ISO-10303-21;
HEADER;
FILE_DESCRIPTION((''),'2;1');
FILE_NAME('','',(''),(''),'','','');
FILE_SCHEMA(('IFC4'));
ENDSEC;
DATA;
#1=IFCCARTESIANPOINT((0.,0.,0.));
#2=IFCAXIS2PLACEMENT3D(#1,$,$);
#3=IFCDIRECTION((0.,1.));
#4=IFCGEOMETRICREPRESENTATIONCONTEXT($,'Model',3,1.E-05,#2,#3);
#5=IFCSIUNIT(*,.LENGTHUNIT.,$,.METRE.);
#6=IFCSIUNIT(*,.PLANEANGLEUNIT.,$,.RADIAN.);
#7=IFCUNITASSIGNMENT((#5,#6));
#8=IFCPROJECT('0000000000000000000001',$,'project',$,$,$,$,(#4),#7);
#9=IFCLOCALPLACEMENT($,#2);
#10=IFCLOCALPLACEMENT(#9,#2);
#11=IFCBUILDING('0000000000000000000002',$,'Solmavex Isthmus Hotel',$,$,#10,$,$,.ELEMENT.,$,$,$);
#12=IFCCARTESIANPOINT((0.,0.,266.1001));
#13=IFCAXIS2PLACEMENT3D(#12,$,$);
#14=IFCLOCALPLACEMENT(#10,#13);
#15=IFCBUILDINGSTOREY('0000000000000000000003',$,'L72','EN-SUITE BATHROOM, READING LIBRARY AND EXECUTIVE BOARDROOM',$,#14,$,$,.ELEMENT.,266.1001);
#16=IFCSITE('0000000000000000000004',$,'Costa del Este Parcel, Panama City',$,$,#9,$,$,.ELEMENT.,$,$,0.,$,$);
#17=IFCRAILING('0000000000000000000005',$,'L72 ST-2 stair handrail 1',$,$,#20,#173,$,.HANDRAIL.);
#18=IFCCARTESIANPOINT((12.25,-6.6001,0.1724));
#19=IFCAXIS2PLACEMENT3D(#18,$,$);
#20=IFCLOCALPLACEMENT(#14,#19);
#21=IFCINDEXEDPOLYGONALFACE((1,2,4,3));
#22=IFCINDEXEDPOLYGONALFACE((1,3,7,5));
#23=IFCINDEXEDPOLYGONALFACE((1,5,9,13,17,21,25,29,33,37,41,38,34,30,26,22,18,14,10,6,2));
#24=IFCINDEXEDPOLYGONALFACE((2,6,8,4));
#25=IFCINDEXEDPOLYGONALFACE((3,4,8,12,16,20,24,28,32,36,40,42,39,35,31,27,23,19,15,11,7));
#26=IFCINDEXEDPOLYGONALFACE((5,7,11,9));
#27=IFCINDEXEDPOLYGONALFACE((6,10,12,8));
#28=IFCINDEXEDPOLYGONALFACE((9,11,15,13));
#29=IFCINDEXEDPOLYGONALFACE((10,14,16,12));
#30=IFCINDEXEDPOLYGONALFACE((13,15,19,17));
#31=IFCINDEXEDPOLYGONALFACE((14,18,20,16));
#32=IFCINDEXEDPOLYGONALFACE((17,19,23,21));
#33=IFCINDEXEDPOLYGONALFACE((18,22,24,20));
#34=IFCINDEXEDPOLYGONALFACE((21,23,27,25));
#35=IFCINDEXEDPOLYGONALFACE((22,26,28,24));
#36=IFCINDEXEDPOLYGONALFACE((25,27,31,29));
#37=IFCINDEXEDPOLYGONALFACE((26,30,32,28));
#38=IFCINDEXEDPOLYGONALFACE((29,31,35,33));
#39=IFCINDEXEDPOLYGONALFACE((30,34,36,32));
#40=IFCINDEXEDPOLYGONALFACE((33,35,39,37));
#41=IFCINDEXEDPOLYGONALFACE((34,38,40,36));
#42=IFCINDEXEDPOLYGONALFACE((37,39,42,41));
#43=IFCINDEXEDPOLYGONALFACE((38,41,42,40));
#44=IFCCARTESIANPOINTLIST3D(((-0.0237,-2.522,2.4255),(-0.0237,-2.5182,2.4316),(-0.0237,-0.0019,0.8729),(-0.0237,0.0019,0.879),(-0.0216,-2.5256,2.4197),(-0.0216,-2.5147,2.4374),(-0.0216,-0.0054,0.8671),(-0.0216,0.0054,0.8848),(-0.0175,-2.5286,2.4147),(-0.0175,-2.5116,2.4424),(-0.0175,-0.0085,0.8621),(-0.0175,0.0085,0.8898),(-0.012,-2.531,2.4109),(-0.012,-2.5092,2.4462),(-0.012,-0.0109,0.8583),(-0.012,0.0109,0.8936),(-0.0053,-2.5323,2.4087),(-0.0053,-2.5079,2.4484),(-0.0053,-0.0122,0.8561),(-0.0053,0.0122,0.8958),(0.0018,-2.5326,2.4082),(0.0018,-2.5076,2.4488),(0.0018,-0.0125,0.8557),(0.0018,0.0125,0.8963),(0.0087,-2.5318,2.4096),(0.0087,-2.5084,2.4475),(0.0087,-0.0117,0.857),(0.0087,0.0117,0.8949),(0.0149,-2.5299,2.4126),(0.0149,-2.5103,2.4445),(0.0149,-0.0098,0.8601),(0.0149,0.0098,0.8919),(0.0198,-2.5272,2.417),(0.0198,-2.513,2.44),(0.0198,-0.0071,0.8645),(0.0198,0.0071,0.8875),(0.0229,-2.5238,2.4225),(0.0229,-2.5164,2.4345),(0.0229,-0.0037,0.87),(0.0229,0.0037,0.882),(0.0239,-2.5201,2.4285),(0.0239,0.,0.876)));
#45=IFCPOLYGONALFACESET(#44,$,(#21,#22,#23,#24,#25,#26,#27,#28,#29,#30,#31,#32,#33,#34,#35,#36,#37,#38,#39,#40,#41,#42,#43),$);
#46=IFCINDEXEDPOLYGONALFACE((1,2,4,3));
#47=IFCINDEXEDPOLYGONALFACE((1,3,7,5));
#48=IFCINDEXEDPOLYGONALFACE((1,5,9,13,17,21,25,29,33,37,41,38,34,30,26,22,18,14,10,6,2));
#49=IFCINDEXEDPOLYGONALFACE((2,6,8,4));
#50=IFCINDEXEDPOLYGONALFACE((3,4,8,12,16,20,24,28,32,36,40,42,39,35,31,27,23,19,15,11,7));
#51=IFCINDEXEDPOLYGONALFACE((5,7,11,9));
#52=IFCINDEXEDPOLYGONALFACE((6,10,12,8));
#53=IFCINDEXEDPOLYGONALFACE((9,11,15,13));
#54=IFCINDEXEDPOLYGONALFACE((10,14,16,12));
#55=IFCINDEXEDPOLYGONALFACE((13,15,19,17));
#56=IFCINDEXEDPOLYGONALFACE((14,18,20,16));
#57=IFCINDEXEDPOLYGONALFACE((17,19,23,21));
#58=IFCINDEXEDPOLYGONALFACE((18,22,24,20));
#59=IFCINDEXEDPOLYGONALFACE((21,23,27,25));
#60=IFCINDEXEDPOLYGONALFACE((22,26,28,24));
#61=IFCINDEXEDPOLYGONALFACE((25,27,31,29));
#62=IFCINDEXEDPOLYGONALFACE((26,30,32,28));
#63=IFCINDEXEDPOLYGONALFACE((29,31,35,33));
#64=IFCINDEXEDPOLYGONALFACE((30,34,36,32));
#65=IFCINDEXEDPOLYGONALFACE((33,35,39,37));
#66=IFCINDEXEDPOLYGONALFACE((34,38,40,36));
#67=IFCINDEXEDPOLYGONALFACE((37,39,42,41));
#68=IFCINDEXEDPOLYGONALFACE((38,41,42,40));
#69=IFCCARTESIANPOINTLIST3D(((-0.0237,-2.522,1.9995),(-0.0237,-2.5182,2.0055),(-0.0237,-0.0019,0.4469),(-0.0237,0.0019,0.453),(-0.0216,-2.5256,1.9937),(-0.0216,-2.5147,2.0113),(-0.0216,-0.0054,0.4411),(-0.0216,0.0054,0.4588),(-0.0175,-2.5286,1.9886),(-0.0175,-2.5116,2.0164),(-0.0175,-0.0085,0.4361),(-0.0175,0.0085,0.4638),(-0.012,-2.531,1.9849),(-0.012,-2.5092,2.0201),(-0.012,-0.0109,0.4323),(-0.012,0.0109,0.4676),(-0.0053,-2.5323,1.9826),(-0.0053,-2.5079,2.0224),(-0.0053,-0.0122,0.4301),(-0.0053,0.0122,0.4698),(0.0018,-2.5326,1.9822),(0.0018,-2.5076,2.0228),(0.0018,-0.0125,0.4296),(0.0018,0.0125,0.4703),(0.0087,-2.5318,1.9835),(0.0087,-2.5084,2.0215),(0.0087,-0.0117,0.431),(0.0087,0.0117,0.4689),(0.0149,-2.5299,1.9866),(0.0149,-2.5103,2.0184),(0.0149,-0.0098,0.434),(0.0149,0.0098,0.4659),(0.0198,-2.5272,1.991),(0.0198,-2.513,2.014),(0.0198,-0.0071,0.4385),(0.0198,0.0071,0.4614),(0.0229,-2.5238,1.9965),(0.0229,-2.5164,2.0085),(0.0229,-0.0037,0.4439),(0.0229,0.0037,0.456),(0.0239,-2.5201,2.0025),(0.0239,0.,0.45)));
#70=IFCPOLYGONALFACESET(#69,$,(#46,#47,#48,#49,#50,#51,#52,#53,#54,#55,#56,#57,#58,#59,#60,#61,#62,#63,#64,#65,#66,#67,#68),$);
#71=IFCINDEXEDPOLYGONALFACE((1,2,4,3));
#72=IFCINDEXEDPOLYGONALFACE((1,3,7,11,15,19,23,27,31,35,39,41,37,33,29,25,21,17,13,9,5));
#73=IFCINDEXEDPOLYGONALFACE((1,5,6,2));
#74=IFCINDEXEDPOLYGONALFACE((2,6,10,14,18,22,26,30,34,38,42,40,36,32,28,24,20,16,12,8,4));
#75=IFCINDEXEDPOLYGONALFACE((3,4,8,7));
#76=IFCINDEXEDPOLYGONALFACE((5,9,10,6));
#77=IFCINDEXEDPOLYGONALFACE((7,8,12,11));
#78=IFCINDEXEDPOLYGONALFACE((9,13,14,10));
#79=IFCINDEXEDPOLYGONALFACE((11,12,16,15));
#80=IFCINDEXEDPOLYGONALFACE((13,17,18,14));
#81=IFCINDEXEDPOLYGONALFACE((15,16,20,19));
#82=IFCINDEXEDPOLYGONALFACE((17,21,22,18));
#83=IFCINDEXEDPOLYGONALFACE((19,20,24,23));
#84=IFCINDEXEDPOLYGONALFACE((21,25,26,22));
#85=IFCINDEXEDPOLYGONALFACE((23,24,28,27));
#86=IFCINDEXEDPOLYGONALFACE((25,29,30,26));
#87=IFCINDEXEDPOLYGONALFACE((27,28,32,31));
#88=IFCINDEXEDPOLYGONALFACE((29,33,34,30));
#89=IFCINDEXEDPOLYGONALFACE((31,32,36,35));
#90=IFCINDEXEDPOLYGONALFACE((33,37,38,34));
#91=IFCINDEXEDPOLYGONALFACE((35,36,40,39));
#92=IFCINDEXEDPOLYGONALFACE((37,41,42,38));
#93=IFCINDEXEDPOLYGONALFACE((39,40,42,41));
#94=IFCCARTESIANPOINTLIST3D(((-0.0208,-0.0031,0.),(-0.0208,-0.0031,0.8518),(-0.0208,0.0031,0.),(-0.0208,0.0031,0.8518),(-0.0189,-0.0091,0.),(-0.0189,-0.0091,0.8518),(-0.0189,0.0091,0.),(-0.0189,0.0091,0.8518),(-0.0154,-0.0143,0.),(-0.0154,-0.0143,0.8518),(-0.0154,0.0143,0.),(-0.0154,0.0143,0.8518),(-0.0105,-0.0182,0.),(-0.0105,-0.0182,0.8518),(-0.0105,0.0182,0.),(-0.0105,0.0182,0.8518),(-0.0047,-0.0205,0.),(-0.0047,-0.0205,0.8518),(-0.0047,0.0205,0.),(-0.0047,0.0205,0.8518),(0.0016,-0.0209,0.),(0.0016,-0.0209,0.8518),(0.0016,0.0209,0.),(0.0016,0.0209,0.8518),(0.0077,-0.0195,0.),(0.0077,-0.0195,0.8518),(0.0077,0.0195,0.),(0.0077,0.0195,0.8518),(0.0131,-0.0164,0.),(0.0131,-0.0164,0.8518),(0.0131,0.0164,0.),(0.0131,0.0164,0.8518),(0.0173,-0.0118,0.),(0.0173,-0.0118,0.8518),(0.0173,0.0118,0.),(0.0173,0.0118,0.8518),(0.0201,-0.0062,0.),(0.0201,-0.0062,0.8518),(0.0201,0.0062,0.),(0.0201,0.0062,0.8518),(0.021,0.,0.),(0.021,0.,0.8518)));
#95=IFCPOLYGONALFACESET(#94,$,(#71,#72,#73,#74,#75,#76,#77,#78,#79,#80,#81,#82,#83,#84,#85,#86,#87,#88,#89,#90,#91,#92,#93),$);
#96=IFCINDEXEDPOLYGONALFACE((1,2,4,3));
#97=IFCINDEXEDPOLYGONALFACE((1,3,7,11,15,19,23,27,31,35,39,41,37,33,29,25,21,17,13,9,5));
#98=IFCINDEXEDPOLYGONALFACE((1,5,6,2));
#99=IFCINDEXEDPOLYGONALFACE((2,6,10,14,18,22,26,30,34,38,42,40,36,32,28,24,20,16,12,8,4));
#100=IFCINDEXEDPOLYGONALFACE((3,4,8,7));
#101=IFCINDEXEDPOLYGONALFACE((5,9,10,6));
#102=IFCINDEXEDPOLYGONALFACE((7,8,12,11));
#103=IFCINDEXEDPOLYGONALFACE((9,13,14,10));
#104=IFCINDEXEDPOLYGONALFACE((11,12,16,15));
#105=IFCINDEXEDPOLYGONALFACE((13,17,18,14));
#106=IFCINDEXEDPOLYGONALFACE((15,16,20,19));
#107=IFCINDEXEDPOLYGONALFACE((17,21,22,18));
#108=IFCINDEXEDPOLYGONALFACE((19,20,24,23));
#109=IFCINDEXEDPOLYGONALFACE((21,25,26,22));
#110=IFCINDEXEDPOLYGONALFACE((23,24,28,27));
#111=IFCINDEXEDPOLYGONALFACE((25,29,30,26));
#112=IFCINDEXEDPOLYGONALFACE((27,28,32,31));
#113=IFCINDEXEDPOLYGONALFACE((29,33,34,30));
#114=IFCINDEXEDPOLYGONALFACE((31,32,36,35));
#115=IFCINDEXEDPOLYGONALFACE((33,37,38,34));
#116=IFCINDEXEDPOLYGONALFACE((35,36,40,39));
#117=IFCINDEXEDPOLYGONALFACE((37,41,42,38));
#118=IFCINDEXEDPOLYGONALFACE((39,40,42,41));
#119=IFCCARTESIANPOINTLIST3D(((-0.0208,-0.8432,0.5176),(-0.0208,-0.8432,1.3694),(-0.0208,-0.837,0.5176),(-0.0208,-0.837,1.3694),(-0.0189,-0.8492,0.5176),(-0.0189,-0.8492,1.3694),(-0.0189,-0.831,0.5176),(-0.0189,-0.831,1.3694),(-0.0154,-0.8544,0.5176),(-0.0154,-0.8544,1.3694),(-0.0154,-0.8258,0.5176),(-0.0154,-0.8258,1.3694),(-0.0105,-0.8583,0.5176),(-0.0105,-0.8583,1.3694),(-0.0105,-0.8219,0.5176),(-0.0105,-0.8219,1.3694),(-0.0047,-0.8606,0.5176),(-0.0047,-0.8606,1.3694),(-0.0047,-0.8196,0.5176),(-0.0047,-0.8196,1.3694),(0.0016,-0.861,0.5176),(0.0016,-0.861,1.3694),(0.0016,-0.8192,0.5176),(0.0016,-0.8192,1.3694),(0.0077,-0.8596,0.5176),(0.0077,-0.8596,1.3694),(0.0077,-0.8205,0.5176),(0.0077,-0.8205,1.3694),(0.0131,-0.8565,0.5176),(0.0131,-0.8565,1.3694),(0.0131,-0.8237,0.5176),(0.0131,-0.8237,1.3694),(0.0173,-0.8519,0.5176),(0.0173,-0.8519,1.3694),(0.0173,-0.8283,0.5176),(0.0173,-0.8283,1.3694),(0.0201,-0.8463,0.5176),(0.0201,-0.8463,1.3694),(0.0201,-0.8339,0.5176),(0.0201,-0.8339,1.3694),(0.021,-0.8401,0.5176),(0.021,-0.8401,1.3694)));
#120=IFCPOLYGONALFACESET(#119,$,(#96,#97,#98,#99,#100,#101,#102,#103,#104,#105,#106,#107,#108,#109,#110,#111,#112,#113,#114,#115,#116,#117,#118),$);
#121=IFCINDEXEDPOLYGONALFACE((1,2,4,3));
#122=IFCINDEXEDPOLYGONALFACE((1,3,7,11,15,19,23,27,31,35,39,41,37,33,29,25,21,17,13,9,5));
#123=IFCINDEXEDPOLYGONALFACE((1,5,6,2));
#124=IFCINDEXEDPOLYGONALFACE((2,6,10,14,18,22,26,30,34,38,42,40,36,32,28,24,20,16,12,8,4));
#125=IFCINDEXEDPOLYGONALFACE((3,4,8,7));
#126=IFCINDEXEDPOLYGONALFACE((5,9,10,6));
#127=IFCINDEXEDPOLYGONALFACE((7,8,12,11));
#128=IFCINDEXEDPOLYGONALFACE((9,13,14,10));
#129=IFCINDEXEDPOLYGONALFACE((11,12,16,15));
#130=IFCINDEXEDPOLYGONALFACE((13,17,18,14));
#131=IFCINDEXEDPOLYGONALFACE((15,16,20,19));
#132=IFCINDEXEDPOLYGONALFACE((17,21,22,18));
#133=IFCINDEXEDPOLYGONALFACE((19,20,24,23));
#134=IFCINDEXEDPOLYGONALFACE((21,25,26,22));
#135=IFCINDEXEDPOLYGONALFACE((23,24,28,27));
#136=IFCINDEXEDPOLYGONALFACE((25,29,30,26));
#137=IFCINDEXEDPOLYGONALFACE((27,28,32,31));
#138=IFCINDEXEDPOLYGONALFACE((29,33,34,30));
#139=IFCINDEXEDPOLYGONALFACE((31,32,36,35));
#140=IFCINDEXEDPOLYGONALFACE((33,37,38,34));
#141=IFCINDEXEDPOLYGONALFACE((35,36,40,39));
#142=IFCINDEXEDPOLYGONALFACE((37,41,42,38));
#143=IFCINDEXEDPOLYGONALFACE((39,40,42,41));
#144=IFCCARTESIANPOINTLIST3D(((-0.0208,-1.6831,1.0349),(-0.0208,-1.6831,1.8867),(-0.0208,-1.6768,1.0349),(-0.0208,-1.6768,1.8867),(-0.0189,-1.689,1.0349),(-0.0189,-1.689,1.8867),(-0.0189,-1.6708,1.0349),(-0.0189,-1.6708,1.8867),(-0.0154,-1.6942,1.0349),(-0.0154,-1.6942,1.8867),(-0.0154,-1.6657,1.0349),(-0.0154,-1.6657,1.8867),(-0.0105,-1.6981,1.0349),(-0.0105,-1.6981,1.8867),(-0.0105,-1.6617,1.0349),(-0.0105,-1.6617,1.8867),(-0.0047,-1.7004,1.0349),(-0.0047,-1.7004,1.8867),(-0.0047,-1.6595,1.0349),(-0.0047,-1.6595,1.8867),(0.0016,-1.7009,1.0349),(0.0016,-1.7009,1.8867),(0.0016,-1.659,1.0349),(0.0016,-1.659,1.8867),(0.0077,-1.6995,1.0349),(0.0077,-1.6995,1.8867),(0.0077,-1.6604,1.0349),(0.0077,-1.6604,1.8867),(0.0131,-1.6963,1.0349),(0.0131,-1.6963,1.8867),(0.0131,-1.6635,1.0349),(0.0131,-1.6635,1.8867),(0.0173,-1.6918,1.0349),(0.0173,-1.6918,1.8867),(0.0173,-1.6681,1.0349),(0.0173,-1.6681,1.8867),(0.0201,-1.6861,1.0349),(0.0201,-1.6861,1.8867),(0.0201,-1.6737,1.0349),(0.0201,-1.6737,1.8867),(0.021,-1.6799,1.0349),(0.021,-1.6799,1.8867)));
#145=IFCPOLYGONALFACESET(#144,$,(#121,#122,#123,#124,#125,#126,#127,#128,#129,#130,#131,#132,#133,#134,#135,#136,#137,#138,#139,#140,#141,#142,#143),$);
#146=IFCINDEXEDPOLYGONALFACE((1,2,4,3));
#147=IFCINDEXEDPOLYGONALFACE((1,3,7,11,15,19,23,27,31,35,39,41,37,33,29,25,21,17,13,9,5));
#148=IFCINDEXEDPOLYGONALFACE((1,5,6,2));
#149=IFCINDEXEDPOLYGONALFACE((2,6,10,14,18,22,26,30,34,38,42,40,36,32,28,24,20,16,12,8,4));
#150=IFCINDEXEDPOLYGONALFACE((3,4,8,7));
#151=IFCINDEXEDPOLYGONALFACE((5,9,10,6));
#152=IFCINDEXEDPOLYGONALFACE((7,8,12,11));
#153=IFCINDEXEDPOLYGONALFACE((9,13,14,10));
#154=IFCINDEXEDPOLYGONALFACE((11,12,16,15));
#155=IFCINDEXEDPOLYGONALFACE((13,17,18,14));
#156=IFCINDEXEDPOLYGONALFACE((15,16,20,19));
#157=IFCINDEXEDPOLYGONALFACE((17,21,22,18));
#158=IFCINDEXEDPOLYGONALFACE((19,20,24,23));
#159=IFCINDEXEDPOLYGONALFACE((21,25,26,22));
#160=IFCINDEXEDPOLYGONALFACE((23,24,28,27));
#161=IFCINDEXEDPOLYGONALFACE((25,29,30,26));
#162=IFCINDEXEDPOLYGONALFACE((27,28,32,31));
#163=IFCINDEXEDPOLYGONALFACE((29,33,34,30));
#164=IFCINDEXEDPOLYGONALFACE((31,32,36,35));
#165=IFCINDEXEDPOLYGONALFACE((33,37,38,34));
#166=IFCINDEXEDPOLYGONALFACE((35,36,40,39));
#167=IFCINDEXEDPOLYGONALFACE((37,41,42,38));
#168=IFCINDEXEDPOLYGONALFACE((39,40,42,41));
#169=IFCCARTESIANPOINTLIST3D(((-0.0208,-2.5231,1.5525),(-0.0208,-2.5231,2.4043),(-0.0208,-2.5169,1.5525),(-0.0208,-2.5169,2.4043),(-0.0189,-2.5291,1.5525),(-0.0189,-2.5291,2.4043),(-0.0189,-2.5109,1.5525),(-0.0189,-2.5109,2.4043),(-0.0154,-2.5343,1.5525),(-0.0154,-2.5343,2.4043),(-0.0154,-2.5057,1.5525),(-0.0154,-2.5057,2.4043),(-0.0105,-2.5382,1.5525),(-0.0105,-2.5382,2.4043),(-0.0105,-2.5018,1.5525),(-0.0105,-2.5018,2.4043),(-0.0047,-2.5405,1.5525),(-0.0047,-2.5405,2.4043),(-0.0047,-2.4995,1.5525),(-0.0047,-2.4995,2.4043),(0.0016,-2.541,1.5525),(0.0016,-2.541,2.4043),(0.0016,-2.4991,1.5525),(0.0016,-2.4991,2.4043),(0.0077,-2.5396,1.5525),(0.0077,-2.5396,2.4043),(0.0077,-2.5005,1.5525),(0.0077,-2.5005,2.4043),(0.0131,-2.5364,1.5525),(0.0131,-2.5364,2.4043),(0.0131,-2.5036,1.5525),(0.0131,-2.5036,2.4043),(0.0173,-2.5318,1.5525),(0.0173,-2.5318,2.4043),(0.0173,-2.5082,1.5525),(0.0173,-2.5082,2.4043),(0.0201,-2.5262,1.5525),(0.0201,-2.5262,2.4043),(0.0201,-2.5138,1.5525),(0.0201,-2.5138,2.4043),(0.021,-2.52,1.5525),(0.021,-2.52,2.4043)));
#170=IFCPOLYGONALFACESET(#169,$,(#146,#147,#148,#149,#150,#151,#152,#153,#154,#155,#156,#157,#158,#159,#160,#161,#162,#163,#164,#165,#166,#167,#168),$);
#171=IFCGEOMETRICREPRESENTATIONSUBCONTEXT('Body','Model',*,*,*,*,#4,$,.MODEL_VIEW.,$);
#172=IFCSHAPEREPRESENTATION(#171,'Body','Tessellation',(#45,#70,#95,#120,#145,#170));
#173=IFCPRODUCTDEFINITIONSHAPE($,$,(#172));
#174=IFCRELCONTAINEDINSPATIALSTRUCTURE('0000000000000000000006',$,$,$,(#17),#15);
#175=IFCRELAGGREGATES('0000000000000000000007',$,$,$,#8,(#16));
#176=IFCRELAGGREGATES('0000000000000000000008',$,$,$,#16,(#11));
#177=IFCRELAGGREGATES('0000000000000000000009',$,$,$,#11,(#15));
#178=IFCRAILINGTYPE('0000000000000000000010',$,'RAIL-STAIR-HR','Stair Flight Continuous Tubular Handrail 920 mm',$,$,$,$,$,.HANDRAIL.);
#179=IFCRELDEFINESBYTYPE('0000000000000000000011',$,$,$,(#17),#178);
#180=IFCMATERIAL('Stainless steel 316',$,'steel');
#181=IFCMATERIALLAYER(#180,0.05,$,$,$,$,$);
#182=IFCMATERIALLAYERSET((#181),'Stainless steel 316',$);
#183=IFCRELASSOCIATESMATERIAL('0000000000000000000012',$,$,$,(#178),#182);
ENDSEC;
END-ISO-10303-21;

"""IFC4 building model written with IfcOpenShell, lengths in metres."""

from ifc_helpers import new_model, si_unit, direction, frame, origin, origin_2d, place, context, subcontext, project, spatial, circle, extrude, material, layer, layer_set, type_object, element, save


model = new_model("IFC4")

# Units and contexts
model_context = context("Model", 3, precision=1e-05, world=origin(), true_north=direction((0.0, 1.0)))
body_context = subcontext(model_context, "Body", "Model", "MODEL_VIEW")
ifc_project = project(units=[si_unit("LENGTHUNIT", "METRE"), si_unit("PLANEANGLEUNIT", "RADIAN")], contexts=[model_context])

# Site, building, storey
site_placement = place(None, origin())
site = spatial("IfcSite", under=ifc_project, at=site_placement, Name="Costa del Este Parcel, Panama City", CompositionType="ELEMENT", RefElevation=0.0)
building_placement = place(site_placement, origin())
building = spatial("IfcBuilding", under=site, at=building_placement, Name="Solmavex Isthmus Hotel", CompositionType="ELEMENT")
storey_placement = place(building_placement, frame((0.0, 0.0, 266.1001)))
storey = spatial("IfcBuildingStorey", under=building, at=storey_placement, Name="L72", Description="EN-SUITE BATHROOM, READING LIBRARY AND EXECUTIVE BOARDROOM", CompositionType="ELEMENT", Elevation=266.1001)

# Railing
ifc_material_1 = material(Name="Stainless steel 316", Category="steel")
ifc_layer_1 = layer(ifc_material_1, 0.05)
ifc_layer_set_1 = layer_set([ifc_layer_1], Name="Stainless steel 316")
railing_type_1 = type_object("IfcRailingType", Name="RAIL-STAIR-HR", Description="Stair Flight Continuous Tubular Handrail 920 mm", PredefinedType="HANDRAIL", material=ifc_layer_set_1)
railing_1_placement = place(storey_placement, frame((12.25, -6.6001, 0.1724)))
element("IfcRailing", 1, at=railing_1_placement, inside=storey, type_object=railing_type_1, Name="L72 ST-2 stair handrail 1", PredefinedType="HANDRAIL", context=body_context, shape_type="SweptSolid", body=[
    extrude(circle(Radius=0.0239, at=origin_2d()), frame((0.0, 0.0, 0.876), z_axis=(0.0, -0.8514, 0.524516), x_axis=(1.0, 0.0, 0.0)), (0.0, 0.0, 1.0), 2.96),
    extrude(circle(Radius=0.0239, at=origin_2d()), frame((0.0, 0.0, 0.45), z_axis=(0.0, -0.8514, 0.524516), x_axis=(1.0, 0.0, 0.0)), (0.0, 0.0, 1.0), 2.96),
    extrude(circle(Radius=0.021, at=origin_2d()), origin(), (0.0, 0.0, 1.0), 0.8518),
    extrude(circle(Radius=0.021, at=origin_2d()), frame((0.0, -0.8401, 0.5176)), (0.0, 0.0, 1.0), 0.8518),
    extrude(circle(Radius=0.021, at=origin_2d()), frame((0.0, -1.6799, 1.0349)), (0.0, 0.0, 1.0), 0.8518),
    extrude(circle(Radius=0.021, at=origin_2d()), frame((0.0, -2.52, 1.5525)), (0.0, 0.0, 1.0), 0.8518),
])

save(model, "model.ifc")
